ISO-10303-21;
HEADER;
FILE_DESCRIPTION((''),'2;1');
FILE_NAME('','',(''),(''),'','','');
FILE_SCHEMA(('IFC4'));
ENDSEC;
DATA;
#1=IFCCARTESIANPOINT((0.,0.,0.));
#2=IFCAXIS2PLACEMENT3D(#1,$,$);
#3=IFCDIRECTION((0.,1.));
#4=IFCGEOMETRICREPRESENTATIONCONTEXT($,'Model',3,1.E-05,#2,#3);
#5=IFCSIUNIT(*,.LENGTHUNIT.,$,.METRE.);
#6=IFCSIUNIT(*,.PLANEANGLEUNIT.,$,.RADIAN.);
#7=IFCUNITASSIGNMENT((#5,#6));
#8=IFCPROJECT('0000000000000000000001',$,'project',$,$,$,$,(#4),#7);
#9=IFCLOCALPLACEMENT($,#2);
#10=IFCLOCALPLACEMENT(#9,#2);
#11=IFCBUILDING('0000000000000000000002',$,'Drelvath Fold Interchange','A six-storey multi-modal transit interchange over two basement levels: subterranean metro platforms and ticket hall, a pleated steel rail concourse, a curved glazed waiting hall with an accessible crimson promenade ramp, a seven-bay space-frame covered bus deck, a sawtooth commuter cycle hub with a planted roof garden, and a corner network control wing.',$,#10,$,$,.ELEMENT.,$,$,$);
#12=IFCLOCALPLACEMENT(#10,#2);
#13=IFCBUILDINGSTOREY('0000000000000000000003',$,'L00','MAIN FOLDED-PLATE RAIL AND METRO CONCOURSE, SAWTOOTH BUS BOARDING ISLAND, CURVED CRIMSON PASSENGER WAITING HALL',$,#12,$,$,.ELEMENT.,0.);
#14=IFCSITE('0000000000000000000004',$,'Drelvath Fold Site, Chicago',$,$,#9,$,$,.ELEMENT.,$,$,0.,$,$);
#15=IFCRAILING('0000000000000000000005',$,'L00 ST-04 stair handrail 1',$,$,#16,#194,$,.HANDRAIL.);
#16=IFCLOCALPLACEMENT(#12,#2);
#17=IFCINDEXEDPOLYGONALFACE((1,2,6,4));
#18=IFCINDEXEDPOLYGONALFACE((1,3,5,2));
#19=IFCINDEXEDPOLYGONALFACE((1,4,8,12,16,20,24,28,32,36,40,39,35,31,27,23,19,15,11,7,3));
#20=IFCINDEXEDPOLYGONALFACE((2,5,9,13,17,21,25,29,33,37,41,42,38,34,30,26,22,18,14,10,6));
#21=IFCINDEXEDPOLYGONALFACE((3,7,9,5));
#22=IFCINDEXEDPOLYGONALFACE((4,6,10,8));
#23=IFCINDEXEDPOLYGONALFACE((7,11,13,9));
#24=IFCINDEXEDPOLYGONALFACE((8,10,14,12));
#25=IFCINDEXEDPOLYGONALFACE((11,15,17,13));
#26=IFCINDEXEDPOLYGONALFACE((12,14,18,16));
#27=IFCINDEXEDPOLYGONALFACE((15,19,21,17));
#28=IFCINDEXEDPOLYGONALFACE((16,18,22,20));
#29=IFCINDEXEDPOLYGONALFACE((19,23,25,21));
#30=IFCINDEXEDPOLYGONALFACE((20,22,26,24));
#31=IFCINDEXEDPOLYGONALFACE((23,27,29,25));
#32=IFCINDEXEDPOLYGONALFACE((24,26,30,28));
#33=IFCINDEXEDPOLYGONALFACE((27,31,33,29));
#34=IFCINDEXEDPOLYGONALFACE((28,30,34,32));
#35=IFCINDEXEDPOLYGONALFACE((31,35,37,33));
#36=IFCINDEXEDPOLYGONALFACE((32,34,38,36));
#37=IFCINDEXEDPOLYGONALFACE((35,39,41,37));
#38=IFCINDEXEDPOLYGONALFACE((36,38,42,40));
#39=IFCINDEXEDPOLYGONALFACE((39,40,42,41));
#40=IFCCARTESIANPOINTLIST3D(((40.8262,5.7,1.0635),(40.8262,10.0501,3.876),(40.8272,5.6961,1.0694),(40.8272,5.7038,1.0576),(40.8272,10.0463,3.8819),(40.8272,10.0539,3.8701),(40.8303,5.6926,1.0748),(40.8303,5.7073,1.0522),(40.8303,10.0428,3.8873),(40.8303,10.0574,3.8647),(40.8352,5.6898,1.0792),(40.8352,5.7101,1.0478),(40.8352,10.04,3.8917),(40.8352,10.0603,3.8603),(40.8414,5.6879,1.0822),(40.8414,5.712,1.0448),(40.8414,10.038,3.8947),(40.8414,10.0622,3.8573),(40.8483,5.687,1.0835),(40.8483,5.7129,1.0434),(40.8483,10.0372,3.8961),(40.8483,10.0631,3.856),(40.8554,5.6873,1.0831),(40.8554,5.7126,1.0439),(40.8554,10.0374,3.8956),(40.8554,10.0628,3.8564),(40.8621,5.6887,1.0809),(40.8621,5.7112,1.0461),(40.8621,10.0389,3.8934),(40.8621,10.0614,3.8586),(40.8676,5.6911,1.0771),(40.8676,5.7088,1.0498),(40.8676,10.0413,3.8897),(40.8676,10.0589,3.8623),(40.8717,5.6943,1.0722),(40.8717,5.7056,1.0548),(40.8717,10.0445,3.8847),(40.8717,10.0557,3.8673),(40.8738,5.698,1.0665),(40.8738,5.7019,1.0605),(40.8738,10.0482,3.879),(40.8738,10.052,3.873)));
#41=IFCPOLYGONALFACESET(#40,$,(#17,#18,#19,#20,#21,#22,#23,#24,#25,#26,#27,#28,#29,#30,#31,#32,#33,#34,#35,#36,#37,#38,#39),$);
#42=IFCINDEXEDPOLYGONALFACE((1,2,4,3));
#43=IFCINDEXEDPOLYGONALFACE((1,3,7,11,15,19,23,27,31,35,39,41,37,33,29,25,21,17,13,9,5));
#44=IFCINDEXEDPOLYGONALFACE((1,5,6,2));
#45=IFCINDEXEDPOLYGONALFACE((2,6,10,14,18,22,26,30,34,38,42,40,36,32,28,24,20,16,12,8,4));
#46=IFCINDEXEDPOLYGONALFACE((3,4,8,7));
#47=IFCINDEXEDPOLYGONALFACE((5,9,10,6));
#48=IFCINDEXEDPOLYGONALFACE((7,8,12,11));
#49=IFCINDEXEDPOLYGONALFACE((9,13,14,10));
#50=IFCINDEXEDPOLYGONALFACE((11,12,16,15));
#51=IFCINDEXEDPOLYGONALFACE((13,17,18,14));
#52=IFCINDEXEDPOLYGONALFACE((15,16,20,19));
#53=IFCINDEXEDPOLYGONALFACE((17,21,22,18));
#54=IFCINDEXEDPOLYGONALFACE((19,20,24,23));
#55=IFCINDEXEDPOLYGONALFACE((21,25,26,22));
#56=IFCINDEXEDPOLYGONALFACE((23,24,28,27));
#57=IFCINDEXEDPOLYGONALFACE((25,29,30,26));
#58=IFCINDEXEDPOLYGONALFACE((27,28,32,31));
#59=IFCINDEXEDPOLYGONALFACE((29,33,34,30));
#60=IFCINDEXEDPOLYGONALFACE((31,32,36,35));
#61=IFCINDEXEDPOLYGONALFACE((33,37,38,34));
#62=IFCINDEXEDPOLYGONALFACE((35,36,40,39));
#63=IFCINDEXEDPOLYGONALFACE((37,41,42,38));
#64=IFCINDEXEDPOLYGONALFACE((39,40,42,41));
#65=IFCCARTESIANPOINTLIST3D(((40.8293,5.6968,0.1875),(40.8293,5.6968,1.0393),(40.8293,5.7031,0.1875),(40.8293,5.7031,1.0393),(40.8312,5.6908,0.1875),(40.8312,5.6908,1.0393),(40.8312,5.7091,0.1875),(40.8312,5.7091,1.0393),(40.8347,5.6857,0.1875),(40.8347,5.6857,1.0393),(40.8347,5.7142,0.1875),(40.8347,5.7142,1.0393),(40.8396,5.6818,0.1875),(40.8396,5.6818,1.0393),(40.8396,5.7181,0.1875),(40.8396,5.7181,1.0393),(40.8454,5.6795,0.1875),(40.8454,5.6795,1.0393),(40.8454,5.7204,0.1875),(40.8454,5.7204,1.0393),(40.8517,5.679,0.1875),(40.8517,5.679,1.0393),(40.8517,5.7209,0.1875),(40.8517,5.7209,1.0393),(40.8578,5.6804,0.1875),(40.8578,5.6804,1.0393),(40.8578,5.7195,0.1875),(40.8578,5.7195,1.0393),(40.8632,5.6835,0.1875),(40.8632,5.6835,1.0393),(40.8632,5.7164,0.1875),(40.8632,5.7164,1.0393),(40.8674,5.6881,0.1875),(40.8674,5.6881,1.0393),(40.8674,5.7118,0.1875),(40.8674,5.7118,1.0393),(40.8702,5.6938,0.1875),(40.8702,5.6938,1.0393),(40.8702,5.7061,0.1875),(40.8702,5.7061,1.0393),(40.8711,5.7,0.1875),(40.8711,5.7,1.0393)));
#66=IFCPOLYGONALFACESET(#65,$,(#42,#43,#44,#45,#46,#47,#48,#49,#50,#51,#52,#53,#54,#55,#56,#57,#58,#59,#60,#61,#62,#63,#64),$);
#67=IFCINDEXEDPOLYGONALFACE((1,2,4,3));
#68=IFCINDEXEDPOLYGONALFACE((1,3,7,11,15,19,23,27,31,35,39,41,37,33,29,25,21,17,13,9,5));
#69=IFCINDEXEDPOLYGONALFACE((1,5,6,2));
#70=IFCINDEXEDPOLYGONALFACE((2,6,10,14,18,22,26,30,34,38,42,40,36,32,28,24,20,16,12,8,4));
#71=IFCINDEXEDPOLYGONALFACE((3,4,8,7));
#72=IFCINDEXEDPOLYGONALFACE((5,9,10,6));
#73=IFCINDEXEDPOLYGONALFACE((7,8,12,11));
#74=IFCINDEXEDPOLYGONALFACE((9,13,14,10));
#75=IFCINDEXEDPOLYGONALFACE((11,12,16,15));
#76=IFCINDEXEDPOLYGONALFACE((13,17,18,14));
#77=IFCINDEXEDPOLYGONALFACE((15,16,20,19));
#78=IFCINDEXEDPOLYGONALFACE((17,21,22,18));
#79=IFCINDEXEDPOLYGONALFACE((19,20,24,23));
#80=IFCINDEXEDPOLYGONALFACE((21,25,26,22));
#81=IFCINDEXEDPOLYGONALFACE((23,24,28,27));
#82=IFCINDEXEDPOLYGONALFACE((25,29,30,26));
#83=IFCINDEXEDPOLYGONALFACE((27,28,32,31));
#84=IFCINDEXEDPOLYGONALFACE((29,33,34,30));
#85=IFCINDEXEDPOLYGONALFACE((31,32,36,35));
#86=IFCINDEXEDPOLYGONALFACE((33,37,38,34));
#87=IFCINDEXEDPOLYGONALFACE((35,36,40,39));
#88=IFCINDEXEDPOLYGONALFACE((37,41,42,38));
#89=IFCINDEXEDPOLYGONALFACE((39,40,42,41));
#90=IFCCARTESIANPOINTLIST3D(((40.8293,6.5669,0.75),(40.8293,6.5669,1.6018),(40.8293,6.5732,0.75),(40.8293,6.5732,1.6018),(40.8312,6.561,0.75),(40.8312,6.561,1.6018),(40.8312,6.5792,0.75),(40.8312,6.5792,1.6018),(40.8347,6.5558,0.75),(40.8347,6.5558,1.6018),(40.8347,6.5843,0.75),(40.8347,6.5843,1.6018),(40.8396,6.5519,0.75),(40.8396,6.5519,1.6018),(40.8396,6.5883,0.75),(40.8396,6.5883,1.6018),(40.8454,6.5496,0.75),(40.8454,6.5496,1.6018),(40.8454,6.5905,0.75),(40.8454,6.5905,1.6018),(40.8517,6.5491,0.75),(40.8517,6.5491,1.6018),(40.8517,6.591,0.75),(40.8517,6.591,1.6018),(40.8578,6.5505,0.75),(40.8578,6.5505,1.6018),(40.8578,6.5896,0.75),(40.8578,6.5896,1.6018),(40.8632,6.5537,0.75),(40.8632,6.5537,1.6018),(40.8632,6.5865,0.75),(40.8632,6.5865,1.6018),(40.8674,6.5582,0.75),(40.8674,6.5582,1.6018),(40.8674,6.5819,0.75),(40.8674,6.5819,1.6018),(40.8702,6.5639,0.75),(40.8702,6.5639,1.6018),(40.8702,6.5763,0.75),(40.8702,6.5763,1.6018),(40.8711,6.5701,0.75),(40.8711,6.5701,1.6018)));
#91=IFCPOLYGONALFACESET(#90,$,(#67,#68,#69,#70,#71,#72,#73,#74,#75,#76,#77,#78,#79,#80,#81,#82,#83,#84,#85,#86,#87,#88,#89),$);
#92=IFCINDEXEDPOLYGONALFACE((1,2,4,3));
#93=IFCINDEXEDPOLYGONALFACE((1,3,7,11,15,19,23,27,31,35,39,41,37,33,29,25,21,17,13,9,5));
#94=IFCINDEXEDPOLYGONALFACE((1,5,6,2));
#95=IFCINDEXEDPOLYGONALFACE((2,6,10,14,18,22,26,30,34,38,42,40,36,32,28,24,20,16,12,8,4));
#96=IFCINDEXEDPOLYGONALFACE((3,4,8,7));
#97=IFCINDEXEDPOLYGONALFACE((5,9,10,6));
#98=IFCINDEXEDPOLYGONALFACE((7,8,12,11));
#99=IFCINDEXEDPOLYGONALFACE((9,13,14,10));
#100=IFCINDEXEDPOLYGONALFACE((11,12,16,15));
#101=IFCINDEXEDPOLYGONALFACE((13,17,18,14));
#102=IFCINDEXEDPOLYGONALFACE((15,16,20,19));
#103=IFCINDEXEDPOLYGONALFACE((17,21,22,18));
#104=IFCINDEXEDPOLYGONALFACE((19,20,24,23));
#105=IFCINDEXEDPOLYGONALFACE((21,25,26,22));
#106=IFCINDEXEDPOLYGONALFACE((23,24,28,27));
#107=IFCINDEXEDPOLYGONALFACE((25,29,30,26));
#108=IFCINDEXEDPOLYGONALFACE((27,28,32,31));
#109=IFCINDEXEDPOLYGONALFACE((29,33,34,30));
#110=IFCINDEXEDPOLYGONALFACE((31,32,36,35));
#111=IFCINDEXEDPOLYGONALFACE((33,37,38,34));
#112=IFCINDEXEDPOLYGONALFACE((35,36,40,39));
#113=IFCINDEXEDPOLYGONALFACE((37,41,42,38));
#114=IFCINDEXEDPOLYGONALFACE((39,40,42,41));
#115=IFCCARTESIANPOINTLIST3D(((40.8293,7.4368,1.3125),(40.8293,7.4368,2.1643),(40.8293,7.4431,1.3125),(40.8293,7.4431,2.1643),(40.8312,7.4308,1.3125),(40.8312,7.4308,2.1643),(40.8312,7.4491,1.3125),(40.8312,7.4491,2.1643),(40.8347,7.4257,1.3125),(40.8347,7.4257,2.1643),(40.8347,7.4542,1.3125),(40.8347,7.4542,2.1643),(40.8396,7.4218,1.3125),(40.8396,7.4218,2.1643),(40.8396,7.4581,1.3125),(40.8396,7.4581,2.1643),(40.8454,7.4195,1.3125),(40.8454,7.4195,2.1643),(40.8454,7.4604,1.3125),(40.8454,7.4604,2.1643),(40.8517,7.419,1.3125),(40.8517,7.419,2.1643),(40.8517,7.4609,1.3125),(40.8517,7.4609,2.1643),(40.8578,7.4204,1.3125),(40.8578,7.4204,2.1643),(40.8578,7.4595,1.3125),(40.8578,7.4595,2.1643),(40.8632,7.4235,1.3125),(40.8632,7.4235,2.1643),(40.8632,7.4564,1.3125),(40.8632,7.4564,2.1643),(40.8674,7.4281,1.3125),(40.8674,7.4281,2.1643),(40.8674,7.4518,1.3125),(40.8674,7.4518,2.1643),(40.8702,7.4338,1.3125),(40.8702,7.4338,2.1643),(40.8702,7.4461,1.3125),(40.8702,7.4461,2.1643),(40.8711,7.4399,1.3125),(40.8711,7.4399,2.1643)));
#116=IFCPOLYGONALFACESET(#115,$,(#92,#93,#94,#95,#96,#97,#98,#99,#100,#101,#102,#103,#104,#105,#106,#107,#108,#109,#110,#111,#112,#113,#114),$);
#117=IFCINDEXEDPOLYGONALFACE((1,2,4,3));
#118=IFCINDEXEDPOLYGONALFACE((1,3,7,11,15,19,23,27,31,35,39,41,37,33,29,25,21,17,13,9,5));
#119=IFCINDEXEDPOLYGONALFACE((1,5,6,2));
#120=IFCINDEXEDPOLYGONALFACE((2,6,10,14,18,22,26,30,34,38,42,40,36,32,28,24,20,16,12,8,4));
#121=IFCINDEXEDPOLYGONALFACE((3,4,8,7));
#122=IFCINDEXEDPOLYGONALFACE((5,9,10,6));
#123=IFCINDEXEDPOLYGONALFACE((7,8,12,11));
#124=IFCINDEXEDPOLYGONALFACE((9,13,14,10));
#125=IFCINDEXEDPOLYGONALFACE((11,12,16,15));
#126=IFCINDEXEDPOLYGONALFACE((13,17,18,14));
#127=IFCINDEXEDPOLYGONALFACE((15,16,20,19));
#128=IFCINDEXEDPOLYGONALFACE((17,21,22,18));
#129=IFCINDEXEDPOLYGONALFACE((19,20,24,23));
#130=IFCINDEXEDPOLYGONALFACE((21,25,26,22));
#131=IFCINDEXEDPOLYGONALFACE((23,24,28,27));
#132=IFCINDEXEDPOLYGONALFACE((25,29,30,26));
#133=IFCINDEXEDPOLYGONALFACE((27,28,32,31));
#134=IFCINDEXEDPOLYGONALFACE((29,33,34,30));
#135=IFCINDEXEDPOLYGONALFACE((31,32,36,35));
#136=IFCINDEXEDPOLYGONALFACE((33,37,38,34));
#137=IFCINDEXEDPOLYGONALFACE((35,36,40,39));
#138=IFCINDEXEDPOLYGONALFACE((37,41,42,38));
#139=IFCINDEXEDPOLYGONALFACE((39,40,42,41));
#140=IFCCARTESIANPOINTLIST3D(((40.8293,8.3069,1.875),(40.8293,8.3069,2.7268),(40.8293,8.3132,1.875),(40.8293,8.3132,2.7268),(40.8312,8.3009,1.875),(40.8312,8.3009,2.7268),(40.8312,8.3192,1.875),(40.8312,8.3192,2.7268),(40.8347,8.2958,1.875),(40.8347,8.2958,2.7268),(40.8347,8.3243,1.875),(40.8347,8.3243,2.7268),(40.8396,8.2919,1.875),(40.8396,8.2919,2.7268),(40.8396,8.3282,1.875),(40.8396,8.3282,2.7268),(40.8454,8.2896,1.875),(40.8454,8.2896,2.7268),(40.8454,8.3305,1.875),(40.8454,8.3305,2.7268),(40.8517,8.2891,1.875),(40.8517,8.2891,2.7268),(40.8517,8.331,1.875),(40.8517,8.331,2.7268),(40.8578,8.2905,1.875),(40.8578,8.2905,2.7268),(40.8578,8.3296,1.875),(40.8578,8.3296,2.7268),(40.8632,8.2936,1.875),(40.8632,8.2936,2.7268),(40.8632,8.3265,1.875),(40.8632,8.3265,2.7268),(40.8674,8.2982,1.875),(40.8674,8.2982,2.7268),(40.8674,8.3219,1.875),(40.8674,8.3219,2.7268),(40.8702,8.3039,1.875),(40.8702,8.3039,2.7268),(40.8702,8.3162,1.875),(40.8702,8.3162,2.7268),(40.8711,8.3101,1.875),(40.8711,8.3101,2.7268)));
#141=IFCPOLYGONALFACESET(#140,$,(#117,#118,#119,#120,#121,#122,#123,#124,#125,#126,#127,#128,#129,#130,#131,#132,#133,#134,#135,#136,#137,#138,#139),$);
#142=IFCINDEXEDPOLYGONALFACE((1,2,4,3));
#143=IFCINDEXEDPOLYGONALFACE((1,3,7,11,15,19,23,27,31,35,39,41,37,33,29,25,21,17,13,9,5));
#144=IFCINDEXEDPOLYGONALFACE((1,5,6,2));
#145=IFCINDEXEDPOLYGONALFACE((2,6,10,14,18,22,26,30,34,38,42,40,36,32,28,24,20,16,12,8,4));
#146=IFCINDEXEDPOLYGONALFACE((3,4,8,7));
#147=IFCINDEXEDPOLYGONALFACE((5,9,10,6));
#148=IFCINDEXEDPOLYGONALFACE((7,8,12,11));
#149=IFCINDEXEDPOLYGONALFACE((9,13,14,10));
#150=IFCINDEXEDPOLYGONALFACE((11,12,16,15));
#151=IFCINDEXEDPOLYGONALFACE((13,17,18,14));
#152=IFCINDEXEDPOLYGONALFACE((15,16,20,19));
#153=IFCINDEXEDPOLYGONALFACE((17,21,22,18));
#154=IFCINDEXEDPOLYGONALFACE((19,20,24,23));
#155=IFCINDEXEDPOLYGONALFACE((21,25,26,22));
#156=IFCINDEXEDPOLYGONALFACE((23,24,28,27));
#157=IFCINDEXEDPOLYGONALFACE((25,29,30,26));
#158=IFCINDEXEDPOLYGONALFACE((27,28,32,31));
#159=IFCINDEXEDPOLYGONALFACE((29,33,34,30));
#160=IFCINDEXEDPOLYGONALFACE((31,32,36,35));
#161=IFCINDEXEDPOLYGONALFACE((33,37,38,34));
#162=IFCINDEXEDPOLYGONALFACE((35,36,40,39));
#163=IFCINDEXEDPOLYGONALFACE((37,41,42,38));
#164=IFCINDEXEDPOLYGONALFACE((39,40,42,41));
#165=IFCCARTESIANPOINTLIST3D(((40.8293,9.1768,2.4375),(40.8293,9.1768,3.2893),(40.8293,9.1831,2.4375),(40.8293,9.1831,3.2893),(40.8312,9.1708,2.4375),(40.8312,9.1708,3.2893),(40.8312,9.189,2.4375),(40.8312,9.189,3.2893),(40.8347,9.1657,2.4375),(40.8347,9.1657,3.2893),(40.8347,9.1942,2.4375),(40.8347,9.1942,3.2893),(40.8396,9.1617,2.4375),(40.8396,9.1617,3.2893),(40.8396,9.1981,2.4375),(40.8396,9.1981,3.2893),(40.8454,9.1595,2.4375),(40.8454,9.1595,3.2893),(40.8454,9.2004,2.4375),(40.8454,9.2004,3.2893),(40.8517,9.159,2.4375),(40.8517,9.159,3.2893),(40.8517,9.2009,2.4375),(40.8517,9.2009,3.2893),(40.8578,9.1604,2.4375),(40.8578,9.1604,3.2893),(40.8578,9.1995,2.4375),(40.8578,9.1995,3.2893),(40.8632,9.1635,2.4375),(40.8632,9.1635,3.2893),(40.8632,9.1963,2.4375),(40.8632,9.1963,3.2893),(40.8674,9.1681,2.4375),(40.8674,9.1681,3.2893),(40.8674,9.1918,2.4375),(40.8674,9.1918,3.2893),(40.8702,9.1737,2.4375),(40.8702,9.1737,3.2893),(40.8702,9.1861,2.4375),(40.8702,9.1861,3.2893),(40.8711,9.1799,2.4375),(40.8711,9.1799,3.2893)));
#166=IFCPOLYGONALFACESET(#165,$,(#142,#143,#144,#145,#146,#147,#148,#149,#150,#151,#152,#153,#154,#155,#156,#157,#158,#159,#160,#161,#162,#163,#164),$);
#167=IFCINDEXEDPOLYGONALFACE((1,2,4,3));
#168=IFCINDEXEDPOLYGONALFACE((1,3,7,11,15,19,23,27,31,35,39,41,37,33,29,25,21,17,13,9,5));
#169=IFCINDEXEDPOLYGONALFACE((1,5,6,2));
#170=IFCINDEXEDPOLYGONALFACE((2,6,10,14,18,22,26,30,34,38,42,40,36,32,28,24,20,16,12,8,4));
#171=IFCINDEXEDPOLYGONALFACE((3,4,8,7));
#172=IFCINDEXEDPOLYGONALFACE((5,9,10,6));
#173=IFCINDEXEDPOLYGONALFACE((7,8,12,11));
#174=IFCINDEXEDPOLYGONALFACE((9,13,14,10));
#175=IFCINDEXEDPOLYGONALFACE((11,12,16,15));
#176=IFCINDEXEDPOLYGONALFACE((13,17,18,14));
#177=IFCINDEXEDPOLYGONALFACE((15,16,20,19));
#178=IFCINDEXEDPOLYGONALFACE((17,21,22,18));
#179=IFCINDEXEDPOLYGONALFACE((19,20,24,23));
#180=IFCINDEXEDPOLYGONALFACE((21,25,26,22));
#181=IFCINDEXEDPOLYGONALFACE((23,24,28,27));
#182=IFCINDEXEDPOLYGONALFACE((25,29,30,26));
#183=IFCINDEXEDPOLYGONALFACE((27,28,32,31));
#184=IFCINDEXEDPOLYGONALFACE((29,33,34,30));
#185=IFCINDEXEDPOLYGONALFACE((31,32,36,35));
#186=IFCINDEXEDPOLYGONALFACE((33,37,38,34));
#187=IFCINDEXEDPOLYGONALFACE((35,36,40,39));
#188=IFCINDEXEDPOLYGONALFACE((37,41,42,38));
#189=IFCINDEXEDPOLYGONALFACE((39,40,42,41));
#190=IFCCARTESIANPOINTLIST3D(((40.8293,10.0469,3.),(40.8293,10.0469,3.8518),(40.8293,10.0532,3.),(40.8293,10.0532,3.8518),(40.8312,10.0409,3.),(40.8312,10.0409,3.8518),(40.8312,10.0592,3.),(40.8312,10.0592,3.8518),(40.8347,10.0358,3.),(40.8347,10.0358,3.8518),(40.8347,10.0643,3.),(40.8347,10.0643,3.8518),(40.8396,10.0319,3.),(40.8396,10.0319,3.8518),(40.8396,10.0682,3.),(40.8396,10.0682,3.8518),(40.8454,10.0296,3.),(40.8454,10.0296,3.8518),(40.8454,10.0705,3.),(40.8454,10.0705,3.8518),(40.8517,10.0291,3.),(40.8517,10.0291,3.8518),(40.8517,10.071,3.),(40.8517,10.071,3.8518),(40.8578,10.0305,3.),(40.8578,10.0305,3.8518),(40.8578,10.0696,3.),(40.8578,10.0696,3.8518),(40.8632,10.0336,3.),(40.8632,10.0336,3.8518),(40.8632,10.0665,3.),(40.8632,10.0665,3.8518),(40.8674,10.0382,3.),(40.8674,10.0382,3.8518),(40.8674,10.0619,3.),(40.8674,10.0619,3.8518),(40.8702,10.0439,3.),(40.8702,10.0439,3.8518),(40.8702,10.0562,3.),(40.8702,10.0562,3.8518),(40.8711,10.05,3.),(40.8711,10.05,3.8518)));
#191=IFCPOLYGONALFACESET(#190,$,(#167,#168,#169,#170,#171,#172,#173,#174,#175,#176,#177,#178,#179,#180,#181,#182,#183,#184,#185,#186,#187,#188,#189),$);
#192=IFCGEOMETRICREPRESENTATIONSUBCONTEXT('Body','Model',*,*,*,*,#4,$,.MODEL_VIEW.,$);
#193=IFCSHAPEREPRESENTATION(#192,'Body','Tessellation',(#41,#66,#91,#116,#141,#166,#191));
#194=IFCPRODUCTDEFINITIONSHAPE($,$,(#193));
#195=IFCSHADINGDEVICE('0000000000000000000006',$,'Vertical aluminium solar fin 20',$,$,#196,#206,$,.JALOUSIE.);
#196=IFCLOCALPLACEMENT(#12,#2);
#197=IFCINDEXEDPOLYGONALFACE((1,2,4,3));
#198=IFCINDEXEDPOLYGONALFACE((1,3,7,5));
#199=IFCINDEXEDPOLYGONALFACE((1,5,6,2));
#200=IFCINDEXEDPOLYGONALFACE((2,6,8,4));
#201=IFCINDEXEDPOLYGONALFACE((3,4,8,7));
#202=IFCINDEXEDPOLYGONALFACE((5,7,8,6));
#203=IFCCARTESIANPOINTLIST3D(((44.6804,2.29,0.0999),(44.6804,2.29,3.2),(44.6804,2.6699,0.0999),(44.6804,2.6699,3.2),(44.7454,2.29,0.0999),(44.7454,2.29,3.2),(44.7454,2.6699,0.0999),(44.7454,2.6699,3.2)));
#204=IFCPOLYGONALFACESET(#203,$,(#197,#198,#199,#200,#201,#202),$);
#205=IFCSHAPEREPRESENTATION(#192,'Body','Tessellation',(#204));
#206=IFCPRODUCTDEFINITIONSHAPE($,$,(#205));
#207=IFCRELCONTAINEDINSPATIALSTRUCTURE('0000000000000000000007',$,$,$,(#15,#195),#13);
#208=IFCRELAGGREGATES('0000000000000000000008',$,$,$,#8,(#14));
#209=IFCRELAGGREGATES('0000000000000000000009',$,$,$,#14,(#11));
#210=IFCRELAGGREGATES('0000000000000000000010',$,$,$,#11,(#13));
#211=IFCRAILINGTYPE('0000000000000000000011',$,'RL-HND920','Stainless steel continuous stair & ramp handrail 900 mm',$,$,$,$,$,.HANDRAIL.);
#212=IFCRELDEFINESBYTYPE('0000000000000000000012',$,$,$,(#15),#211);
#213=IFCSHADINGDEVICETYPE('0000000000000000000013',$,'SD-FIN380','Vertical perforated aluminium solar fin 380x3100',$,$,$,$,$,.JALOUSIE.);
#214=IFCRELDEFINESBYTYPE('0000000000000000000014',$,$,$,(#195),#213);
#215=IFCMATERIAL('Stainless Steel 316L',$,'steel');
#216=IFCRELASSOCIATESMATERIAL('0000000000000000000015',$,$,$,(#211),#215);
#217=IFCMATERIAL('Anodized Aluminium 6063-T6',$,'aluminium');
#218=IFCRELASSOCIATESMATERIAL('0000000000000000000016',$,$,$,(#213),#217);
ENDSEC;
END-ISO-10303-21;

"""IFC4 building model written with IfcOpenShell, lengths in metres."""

from ifc_helpers import new_model, si_unit, direction, frame, origin, origin_2d, place, context, subcontext, project, spatial, rectangle, circle, extrude, material, type_object, element, save


model = new_model("IFC4")

# Units and contexts
model_context = context("Model", 3, precision=1e-05, world=origin(), true_north=direction((0.0, 1.0)))
body_context = subcontext(model_context, "Body", "Model", "MODEL_VIEW")
ifc_project = project(units=[si_unit("LENGTHUNIT", "METRE"), si_unit("PLANEANGLEUNIT", "RADIAN")], contexts=[model_context])

# Site, building, storey
site_placement = place(None, origin())
site = spatial("IfcSite", under=ifc_project, at=site_placement, Name="Drelvath Fold Site, Chicago", CompositionType="ELEMENT", RefElevation=0.0)
building_placement = place(site_placement, origin())
building = spatial("IfcBuilding", under=site, at=building_placement, Name="Drelvath Fold Interchange", Description="A six-storey multi-modal transit interchange over two basement levels: subterranean metro platforms and ticket hall, a pleated steel rail concourse, a curved glazed waiting hall with an accessible crimson promenade ramp, a seven-bay space-frame covered bus deck, a sawtooth commuter cycle hub with a planted roof garden, and a corner network control wing.", CompositionType="ELEMENT")
storey_placement = place(building_placement, origin())
storey = spatial("IfcBuildingStorey", under=building, at=storey_placement, Name="L00", Description="MAIN FOLDED-PLATE RAIL AND METRO CONCOURSE, SAWTOOTH BUS BOARDING ISLAND, CURVED CRIMSON PASSENGER WAITING HALL", CompositionType="ELEMENT", Elevation=0.0)

# Shared definitions
ifc_material_1 = material(Name="Anodized Aluminium 6063-T6", Category="aluminium")

# Railing
ifc_material_2 = material(Name="Stainless Steel 316L", Category="steel")
railing_type_1 = type_object("IfcRailingType", Name="RL-HND920", Description="Stainless steel continuous stair & ramp handrail 900 mm", PredefinedType="HANDRAIL", material=ifc_material_2)
railing_1_placement = place(storey_placement, frame((40.8501, 5.7, 0.1875)))
element("IfcRailing", 1, at=railing_1_placement, inside=storey, type_object=railing_type_1, Name="L00 ST-04 stair handrail 1", PredefinedType="HANDRAIL", context=body_context, shape_type="SweptSolid", body=[
    extrude(circle(Radius=0.0239, at=origin_2d()), frame((0.0, 0.0, 0.876), z_axis=(0.0, 0.83977, 0.542942), x_axis=(-1.0, 0.0, 0.0)), (0.0, 0.0, 1.0), 5.1802),
    extrude(circle(Radius=0.021, at=origin_2d()), origin(), (0.0, 0.0, 1.0), 0.8518),
    extrude(circle(Radius=0.021, at=origin_2d()), frame((0.0, 0.8701, 0.5625)), (0.0, 0.0, 1.0), 0.8518),
    extrude(circle(Radius=0.021, at=origin_2d()), frame((0.0, 1.74, 1.125)), (0.0, 0.0, 1.0), 0.8518),
    extrude(circle(Radius=0.021, at=origin_2d()), frame((0.0, 2.6101, 1.6875)), (0.0, 0.0, 1.0), 0.8518),
    extrude(circle(Radius=0.021, at=origin_2d()), frame((0.0, 3.48, 2.25)), (0.0, 0.0, 1.0), 0.8518),
    extrude(circle(Radius=0.021, at=origin_2d()), frame((0.0, 4.3501, 2.8125)), (0.0, 0.0, 1.0), 0.8518),
])

# Shading device
shading_device_type = type_object("IfcShadingDeviceType", Name="SD-FIN380", Description="Vertical perforated aluminium solar fin 380x3100", PredefinedType="JALOUSIE", material=ifc_material_1)
shading_device_placement = place(storey_placement, frame((44.7129, 2.48, 0.0999), z_axis=(0.0, 0.0, 1.0), x_axis=(0.0, 1.0, 0.0)))
element("IfcShadingDevice", 2, at=shading_device_placement, inside=storey, type_object=shading_device_type, Name="Vertical aluminium solar fin 20", PredefinedType="JALOUSIE", context=body_context, shape_type="SweptSolid", body=[
    extrude(rectangle(XDim=0.3799, YDim=0.0649, at=origin_2d()), origin(), (0.0, 0.0, 1.0), 3.1001),
])

save(model, "model.ifc")
